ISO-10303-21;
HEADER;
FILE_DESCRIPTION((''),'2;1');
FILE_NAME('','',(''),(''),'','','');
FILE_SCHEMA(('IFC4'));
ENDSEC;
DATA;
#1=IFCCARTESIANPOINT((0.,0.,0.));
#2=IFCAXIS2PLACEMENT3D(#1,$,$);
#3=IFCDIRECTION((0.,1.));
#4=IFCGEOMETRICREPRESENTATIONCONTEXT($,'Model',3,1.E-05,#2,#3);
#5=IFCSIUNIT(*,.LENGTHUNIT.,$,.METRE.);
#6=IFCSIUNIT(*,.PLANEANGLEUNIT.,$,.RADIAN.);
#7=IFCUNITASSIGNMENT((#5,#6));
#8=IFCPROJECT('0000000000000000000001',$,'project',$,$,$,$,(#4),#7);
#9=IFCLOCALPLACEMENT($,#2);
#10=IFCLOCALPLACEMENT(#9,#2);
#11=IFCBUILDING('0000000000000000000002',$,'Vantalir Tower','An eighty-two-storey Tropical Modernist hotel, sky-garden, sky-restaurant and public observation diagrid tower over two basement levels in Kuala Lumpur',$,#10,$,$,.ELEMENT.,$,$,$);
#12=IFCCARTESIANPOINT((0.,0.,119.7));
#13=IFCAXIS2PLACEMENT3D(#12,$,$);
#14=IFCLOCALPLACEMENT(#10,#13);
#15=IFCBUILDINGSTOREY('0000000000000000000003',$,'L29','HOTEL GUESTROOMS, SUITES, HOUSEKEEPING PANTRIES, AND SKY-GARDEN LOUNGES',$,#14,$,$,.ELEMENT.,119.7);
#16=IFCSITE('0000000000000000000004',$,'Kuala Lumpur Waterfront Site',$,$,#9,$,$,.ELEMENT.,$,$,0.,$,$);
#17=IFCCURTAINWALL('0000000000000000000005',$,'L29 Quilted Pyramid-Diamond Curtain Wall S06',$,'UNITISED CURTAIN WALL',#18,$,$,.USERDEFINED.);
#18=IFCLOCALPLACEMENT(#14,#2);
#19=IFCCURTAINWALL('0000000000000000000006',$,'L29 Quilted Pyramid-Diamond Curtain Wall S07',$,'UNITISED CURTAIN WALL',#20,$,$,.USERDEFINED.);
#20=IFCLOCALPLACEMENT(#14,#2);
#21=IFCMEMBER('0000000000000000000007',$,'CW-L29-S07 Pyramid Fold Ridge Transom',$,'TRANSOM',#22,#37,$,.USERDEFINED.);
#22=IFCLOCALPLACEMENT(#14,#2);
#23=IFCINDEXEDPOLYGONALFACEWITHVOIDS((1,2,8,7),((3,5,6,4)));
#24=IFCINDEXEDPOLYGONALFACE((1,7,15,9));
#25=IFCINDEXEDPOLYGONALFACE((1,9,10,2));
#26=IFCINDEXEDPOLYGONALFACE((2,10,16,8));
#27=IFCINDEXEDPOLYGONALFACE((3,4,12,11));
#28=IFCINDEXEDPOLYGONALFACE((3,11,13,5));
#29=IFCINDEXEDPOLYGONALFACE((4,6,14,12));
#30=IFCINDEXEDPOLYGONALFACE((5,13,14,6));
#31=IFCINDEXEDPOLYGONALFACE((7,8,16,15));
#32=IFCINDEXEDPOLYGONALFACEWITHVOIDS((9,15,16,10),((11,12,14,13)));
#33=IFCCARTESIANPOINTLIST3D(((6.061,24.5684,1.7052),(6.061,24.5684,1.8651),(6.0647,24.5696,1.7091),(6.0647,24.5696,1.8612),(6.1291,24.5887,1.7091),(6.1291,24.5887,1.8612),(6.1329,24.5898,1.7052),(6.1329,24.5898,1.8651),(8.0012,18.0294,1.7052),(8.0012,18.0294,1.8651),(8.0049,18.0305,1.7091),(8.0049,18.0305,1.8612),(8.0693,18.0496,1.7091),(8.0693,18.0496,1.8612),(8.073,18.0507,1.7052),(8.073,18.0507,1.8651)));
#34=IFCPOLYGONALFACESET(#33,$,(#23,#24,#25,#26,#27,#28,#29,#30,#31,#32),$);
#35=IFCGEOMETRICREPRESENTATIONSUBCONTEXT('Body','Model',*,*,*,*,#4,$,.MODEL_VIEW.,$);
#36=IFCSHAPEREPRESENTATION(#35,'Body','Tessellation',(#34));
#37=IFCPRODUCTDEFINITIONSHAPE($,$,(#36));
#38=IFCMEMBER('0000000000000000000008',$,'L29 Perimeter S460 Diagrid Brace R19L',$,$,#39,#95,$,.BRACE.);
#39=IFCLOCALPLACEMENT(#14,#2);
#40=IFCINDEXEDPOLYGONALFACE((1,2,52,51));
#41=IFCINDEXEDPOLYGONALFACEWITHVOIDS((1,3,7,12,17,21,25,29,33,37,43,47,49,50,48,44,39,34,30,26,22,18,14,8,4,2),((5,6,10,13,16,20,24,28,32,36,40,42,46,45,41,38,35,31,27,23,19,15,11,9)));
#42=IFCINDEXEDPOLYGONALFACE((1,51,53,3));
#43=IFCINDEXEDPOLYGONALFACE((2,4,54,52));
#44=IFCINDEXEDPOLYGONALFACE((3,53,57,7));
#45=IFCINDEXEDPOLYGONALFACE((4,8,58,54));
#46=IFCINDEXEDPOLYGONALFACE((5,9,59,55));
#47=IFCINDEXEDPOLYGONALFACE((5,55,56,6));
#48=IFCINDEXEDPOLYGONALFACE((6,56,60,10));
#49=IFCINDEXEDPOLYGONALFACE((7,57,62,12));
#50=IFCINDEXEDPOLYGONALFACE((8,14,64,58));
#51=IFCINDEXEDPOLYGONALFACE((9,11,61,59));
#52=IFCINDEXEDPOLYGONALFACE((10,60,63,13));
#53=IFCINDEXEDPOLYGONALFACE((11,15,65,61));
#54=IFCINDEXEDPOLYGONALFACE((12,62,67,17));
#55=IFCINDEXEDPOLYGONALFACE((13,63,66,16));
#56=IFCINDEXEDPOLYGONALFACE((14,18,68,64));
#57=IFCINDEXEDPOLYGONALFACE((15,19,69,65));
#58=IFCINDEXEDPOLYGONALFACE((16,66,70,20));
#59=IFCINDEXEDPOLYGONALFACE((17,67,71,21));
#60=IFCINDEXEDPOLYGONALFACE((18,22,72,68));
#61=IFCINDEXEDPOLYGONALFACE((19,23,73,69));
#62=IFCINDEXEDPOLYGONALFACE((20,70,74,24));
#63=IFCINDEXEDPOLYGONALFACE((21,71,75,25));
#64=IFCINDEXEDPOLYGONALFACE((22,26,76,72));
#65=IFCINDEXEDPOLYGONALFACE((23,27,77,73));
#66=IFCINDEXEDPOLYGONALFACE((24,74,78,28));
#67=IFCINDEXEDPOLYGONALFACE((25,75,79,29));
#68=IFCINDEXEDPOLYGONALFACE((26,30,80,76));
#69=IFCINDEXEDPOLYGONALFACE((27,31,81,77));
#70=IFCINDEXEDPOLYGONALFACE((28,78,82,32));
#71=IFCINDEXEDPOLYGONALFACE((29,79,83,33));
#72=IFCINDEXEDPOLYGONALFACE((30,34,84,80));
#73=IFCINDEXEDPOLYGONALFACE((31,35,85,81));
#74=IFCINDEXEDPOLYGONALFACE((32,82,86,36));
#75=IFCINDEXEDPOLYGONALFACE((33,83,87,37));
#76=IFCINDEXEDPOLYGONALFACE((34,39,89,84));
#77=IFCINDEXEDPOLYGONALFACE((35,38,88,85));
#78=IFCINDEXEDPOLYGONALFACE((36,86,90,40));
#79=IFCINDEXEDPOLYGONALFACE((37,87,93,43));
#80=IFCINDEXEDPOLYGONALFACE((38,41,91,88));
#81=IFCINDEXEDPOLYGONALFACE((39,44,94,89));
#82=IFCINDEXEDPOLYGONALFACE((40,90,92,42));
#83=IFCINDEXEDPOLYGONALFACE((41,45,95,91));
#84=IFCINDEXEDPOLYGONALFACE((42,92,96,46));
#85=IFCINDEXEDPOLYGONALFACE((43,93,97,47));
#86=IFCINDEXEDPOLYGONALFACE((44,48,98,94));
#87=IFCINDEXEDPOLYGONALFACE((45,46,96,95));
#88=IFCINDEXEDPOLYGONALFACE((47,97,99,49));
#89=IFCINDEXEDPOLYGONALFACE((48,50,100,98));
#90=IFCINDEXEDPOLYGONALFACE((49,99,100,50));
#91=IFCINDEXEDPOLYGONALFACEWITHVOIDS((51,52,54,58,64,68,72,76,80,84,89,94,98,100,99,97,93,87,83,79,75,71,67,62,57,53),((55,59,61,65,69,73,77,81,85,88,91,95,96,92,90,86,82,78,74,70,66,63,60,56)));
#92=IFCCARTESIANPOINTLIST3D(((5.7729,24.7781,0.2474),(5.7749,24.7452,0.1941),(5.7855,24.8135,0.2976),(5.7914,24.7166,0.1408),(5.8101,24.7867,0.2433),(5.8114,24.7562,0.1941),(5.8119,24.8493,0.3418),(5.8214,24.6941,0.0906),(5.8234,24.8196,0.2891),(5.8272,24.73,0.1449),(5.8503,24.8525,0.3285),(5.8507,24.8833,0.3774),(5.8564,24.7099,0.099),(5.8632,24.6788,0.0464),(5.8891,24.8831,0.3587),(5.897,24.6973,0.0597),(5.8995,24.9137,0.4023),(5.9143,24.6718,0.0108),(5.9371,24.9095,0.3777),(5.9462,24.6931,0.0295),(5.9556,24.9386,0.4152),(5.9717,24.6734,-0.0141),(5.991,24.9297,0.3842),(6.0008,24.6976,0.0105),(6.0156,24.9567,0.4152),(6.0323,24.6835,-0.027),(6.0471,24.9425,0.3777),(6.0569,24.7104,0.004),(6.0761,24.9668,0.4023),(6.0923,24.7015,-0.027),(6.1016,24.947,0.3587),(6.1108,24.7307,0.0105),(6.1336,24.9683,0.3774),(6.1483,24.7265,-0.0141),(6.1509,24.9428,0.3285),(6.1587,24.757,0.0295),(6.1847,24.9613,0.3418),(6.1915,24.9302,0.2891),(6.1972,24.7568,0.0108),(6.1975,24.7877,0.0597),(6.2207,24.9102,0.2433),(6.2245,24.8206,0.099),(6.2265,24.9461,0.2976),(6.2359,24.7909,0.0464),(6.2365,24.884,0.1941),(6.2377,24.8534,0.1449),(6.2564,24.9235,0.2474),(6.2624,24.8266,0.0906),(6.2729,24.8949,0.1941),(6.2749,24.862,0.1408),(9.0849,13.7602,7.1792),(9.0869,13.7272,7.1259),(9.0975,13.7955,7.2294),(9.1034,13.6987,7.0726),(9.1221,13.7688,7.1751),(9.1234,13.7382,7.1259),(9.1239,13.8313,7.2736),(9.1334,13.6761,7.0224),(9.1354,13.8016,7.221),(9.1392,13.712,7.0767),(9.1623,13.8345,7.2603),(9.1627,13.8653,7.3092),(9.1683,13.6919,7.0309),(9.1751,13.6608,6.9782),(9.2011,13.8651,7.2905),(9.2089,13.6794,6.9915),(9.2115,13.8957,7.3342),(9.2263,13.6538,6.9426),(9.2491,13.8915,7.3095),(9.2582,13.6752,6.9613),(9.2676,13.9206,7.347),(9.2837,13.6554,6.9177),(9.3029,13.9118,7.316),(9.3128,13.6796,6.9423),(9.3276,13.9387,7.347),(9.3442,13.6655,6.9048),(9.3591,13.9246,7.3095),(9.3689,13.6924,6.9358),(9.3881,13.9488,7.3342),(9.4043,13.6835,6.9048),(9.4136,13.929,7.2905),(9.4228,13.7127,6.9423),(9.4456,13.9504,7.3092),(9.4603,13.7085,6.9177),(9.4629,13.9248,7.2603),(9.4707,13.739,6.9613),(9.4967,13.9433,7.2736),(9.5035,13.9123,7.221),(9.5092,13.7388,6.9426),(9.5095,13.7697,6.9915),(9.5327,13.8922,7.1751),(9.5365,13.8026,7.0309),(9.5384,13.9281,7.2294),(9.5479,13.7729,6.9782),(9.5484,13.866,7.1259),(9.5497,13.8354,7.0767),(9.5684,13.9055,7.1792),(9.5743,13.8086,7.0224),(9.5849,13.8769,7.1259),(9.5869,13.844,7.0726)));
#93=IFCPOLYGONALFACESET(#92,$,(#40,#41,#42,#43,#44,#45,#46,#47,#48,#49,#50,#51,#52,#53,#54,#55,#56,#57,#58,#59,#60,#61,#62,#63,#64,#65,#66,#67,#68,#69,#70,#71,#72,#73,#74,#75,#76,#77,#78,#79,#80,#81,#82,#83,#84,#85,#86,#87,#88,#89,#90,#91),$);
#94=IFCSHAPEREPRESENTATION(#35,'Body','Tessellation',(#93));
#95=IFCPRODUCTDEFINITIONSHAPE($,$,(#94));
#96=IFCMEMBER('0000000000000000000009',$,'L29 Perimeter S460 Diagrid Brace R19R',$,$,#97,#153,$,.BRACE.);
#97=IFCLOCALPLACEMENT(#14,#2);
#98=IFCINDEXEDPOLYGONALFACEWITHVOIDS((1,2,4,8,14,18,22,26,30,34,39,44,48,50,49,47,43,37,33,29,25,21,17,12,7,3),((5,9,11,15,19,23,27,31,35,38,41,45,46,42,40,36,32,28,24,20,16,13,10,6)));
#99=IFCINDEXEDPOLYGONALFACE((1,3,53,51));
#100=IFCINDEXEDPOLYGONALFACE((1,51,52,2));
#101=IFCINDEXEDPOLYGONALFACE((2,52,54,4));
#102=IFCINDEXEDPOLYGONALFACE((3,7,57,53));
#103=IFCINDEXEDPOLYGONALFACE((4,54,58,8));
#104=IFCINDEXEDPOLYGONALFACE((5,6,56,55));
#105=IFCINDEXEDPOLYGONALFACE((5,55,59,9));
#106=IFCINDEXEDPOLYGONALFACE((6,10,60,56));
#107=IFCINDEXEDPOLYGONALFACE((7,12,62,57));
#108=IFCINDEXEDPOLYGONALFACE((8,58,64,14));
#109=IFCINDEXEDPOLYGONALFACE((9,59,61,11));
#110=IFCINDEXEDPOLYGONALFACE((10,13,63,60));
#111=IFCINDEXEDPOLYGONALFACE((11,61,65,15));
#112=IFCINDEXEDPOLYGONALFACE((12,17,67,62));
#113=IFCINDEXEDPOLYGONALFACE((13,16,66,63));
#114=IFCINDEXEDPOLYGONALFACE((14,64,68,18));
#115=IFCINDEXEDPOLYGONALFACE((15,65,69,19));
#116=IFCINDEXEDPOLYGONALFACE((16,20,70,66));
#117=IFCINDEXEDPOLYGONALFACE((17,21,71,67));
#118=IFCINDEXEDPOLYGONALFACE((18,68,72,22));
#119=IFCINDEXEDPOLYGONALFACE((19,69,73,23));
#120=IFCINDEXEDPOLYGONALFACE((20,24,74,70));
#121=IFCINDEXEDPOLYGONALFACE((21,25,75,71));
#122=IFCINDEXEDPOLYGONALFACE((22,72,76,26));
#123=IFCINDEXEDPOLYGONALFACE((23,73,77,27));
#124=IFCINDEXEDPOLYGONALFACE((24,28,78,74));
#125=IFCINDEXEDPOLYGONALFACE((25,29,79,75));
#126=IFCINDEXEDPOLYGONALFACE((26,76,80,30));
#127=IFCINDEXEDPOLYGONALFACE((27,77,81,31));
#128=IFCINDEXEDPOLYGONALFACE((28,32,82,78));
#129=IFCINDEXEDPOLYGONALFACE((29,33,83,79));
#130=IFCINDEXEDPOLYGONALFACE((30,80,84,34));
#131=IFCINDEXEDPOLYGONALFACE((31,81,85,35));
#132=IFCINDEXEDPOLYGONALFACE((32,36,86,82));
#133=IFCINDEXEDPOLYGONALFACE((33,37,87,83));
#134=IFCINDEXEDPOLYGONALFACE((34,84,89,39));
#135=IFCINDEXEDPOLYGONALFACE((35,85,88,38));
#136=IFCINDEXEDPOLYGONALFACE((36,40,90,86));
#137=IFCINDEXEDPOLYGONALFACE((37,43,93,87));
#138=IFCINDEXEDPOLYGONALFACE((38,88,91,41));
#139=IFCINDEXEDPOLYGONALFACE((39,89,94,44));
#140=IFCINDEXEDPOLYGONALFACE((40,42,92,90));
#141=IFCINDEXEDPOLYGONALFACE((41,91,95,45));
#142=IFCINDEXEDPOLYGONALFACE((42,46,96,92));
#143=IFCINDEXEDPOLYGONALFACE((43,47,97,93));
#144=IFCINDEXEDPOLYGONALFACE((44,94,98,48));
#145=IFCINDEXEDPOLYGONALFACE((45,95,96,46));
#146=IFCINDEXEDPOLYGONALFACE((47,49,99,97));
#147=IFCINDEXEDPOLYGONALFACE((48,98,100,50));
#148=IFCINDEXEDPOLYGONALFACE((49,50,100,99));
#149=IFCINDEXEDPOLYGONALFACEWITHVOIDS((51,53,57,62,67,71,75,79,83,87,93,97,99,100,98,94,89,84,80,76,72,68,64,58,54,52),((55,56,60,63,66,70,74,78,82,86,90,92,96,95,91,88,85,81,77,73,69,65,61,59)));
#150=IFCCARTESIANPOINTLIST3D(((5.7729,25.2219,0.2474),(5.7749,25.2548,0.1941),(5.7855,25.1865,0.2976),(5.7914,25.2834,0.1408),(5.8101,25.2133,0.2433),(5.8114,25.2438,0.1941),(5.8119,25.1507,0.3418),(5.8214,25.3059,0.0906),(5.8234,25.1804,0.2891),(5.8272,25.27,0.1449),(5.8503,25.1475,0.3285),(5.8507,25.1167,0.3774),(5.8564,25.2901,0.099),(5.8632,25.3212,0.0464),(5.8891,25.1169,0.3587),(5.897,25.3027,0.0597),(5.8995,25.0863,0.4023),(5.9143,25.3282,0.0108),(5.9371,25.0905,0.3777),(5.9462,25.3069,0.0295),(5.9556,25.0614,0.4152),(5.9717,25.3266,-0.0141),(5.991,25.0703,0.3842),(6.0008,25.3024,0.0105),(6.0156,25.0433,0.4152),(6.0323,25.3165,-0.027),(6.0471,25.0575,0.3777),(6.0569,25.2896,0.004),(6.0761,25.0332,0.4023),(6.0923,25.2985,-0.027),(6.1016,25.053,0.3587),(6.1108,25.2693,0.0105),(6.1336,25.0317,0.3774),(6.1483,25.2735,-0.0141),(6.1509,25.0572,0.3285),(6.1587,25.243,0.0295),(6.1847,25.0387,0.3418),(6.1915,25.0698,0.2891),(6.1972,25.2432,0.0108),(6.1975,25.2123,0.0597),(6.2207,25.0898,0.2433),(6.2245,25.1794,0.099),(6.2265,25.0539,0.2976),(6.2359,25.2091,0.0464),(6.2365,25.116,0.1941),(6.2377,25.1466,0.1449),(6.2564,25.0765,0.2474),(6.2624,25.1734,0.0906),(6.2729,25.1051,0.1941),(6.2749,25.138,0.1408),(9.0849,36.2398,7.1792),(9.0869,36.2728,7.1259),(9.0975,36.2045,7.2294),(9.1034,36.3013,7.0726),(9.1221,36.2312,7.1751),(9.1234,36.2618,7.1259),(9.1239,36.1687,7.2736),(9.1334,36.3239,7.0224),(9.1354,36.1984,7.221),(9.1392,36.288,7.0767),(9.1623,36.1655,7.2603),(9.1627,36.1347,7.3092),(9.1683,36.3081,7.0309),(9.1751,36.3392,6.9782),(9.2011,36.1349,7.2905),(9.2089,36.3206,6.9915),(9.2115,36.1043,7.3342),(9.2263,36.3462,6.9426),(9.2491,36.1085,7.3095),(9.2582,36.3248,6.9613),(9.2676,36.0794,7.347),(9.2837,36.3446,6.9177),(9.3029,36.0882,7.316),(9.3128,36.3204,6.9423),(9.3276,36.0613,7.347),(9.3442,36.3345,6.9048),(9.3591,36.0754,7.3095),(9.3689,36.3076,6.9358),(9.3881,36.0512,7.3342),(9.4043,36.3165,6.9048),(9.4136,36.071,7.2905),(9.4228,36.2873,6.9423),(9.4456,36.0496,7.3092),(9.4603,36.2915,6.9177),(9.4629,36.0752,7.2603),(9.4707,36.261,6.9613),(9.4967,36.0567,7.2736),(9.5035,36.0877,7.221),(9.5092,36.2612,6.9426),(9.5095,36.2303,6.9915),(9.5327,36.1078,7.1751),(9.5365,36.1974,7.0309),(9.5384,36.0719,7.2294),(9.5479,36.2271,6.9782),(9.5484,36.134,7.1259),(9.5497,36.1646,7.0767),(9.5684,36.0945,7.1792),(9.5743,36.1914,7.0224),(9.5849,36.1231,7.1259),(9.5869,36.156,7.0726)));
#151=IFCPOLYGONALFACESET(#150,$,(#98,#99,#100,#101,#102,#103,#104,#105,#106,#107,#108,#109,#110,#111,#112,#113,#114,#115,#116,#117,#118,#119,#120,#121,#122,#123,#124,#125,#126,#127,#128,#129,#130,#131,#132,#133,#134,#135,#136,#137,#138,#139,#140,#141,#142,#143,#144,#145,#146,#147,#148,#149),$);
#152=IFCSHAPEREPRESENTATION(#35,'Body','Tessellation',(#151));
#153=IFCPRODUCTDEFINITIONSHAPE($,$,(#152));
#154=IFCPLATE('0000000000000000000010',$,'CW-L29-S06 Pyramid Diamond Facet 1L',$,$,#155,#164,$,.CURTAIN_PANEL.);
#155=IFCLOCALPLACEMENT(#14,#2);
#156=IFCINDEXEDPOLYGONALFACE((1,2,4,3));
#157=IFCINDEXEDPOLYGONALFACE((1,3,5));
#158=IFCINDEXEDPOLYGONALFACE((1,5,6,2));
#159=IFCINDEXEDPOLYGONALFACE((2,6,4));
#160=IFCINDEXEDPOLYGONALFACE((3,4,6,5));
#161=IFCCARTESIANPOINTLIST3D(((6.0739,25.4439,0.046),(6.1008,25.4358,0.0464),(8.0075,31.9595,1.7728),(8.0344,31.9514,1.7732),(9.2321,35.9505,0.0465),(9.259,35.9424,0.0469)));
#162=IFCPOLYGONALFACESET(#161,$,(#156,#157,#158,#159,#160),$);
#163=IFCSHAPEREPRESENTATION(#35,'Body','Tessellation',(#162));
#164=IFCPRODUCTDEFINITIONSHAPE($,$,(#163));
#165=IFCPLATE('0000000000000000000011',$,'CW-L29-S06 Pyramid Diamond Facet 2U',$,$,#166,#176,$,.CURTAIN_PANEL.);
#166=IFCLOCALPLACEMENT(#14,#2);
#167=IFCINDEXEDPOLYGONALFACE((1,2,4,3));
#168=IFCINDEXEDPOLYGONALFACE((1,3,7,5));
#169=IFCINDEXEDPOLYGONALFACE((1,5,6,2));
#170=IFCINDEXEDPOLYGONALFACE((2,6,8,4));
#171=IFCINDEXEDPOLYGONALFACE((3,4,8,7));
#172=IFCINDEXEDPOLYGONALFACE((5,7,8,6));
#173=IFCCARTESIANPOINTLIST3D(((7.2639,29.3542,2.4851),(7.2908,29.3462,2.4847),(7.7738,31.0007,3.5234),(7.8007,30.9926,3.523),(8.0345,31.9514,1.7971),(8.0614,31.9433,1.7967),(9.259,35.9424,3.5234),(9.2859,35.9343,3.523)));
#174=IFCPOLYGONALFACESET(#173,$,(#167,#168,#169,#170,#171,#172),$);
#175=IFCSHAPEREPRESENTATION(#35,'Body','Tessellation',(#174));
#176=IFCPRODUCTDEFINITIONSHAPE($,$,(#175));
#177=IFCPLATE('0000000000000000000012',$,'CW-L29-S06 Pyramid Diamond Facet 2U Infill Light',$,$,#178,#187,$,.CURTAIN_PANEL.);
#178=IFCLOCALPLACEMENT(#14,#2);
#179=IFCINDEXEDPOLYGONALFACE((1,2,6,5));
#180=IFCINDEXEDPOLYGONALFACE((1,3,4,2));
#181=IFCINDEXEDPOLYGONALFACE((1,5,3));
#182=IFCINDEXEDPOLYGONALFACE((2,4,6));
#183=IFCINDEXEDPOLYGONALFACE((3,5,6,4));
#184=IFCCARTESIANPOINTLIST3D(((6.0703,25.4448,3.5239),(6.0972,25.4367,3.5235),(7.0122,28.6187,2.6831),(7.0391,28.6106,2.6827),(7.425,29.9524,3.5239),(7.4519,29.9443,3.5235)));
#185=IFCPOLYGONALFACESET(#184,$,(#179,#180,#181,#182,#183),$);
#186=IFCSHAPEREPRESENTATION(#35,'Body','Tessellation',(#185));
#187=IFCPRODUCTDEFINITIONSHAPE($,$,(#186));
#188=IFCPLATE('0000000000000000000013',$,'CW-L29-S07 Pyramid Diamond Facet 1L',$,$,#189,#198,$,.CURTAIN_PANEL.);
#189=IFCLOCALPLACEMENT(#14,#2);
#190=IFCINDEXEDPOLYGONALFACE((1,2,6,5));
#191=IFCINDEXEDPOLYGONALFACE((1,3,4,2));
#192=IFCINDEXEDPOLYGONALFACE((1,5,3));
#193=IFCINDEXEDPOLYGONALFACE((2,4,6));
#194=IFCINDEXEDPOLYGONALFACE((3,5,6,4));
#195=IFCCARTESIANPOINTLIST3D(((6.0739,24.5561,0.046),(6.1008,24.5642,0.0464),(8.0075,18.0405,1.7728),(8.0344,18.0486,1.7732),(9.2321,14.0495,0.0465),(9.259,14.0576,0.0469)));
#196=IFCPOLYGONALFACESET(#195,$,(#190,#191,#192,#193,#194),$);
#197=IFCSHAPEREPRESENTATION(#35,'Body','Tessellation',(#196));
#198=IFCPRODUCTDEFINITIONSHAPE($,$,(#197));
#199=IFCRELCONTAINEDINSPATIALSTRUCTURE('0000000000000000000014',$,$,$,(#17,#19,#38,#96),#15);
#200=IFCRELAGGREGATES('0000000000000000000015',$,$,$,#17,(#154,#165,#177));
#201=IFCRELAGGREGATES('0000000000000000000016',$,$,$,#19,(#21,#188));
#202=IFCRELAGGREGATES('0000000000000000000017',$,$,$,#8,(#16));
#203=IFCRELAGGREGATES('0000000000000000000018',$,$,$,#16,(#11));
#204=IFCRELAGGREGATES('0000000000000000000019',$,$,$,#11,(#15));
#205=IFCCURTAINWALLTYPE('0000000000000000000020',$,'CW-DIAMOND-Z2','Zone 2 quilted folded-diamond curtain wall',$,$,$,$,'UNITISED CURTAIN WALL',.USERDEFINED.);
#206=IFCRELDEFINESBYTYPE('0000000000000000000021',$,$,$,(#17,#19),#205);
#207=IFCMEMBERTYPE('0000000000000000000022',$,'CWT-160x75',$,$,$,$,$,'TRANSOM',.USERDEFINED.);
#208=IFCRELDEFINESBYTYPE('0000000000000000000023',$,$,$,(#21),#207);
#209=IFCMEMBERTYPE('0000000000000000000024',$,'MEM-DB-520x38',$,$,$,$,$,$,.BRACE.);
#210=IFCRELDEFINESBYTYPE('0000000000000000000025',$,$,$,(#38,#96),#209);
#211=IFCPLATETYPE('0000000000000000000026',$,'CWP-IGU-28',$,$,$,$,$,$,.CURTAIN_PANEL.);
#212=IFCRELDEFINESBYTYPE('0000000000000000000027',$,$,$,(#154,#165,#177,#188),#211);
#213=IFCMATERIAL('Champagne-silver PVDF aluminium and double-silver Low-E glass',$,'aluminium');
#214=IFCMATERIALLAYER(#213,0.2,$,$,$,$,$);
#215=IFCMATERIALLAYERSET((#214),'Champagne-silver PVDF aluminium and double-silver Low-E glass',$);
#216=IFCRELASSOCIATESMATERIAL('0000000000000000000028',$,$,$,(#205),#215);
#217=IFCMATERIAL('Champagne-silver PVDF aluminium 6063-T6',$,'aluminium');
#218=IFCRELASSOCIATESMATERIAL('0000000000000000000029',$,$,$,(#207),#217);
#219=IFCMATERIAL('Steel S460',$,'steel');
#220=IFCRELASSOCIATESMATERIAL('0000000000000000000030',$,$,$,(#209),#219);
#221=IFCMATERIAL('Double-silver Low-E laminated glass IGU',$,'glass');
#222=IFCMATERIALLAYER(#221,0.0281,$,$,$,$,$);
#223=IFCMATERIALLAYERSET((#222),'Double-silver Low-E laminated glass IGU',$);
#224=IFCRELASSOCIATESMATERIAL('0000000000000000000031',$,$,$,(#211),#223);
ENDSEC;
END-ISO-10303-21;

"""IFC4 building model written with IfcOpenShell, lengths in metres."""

from ifc_helpers import new_model, si_unit, direction, frame, origin, origin_2d, place, context, subcontext, project, spatial, polyline, hollow_rectangle, hollow_circle, outline, extrude, material, layer, layer_set, material_profile, profile_set, type_object, element, aggregate, save


model = new_model("IFC4")

# Units and contexts
model_context = context("Model", 3, precision=1e-05, world=origin(), true_north=direction((0.0, 1.0)))
body_context = subcontext(model_context, "Body", "Model", "MODEL_VIEW")
ifc_project = project(units=[si_unit("LENGTHUNIT", "METRE"), si_unit("PLANEANGLEUNIT", "RADIAN")], contexts=[model_context])

# Site, building, storey
site_placement = place(None, origin())
site = spatial("IfcSite", under=ifc_project, at=site_placement, Name="Kuala Lumpur Waterfront Site", CompositionType="ELEMENT", RefElevation=0.0)
building_placement = place(site_placement, origin())
building = spatial("IfcBuilding", under=site, at=building_placement, Name="Vantalir Tower", Description="An eighty-two-storey Tropical Modernist hotel, sky-garden, sky-restaurant and public observation diagrid tower over two basement levels in Kuala Lumpur", CompositionType="ELEMENT")
storey_placement = place(building_placement, frame((0.0, 0.0, 119.7)))
storey = spatial("IfcBuildingStorey", under=building, at=storey_placement, Name="L29", Description="HOTEL GUESTROOMS, SUITES, HOUSEKEEPING PANTRIES, AND SKY-GARDEN LOUNGES", CompositionType="ELEMENT", Elevation=119.7)

# Shared definitions
ifc_material_1 = material(Name="Steel S460", Category="steel")

# Curtain walls, member
ifc_material_2 = material(Name="Champagne-silver PVDF aluminium and double-silver Low-E glass", Category="aluminium")
ifc_layer_1 = layer(ifc_material_2, 0.2)
ifc_layer_set_1 = layer_set([ifc_layer_1], Name="Champagne-silver PVDF aluminium and double-silver Low-E glass")
curtain_wall_type = type_object("IfcCurtainWallType", Name="CW-DIAMOND-Z2", Description="Zone 2 quilted folded-diamond curtain wall", ElementType="UNITISED CURTAIN WALL", PredefinedType="USERDEFINED", material=ifc_layer_set_1)
curtain_wall_1_placement = place(storey_placement, origin())
curtain_wall_1 = element("IfcCurtainWall", 1, at=curtain_wall_1_placement, inside=storey, type_object=curtain_wall_type, Name="L29 Quilted Pyramid-Diamond Curtain Wall S06", ObjectType="UNITISED CURTAIN WALL", PredefinedType="USERDEFINED")
ifc_material_3 = material(Name="Champagne-silver PVDF aluminium 6063-T6", Category="aluminium")
curtain_wall_2_placement = place(storey_placement, origin())
curtain_wall_2 = element("IfcCurtainWall", 2, at=curtain_wall_2_placement, inside=storey, type_object=curtain_wall_type, Name="L29 Quilted Pyramid-Diamond Curtain Wall S07", ObjectType="UNITISED CURTAIN WALL", PredefinedType="USERDEFINED")
ifc_material_profile_1 = material_profile(ifc_material_3, hollow_rectangle(XDim=0.075, YDim=0.1599, WallThickness=0.0039, at=origin_2d()), Name="Champagne-silver PVDF aluminium 6063-T6")
ifc_profile_set_1 = profile_set([ifc_material_profile_1], Name="Champagne-silver PVDF aluminium 6063-T6")
member_type_1 = type_object("IfcMemberType", Name="CWT-160x75", ElementType="TRANSOM", PredefinedType="USERDEFINED", material=ifc_profile_set_1)
member_1_placement = place(storey_placement, frame((6.0969, 24.5791, 1.7852), z_axis=(0.28445, -0.958691, 0.0), x_axis=(0.958691, 0.28445, 0.0)))
member_1 = element("IfcMember", 3, at=member_1_placement, type_object=member_type_1, Name="CW-L29-S07 Pyramid Fold Ridge Transom", ObjectType="TRANSOM", PredefinedType="USERDEFINED", context=body_context, shape_type="SweptSolid", body=[
    extrude(hollow_rectangle(XDim=0.075, YDim=0.1599, WallThickness=0.0039, at=origin_2d()), origin(), (0.0, 0.0, 1.0), 6.8208),
])

# Members
ifc_material_profile_2 = material_profile(ifc_material_1, hollow_circle(Radius=0.26, WallThickness=0.0381, at=origin_2d()), Name="Steel S460")
ifc_profile_set_2 = profile_set([ifc_material_profile_2], Name="Steel S460")
member_type_2 = type_object("IfcMemberType", Name="MEM-DB-520x38", PredefinedType="BRACE", material=ifc_profile_set_2)
for number, where, z_axis, x_axis, name in (
    (4, (6.0239, 24.8201, 0.1941), (0.246576, -0.820286, 0.516073), (0.957668, 0.287873, 0.0), "L29 Perimeter S460 Diagrid Brace R19L"),
    (5, (6.0239, 25.1799, 0.1941), (0.246576, 0.820286, 0.516073), (-0.957668, 0.287873, 0.0), "L29 Perimeter S460 Diagrid Brace R19R"),
):
    element("IfcMember", number, at=place(storey_placement, frame(where, z_axis=z_axis, x_axis=x_axis)), inside=storey, type_object=member_type_2, Name=name, PredefinedType="BRACE", context=body_context, shape_type="SweptSolid", body=[
        extrude(hollow_circle(Radius=0.26, WallThickness=0.0381, at=origin_2d()), origin(), (0.0, 0.0, 1.0), 13.4319),
    ])

# Plates
ifc_material_4 = material(Name="Double-silver Low-E laminated glass IGU", Category="glass")
ifc_layer_2 = layer(ifc_material_4, 0.0281)
ifc_layer_set_2 = layer_set([ifc_layer_2], Name="Double-silver Low-E laminated glass IGU")
plate_type_1 = type_object("IfcPlateType", Name="CWP-IGU-28", PredefinedType="CURTAIN_PANEL", material=ifc_layer_set_2)
plate_1_placement = place(storey_placement, frame((9.259, 35.9424, 0.0469), z_axis=(0.957578, -0.287841, 0.013841), x_axis=(-0.287868, -0.95767, -0.000045)))
plate_1 = element("IfcPlate", 6, at=plate_1_placement, type_object=plate_type_1, Name="CW-L29-S06 Pyramid Diamond Facet 1L", PredefinedType="CURTAIN_PANEL", context=body_context, shape_type="SweptSolid", body=[
    extrude(outline(polyline([(0.0, 0.0), (10.971, 0.0), (4.1745, -1.7267), (0.0, 0.0)])), origin(), (0.0, 0.0, -1.0), 0.0281),
])
plate_2_placement = place(storey_placement, frame((9.259, 35.9424, 3.5234), z_axis=(-0.957588, 0.287807, 0.013861), x_axis=(-0.287834, -0.95768, 0.0)))
plate_2 = element("IfcPlate", 7, at=plate_2_placement, type_object=plate_type_1, Name="CW-L29-S06 Pyramid Diamond Facet 2U", PredefinedType="CURTAIN_PANEL", context=body_context, shape_type="SweptSolid", body=[
    extrude(outline(polyline([(0.0, 0.0), (5.1601, 0.0), (6.8836, -1.0384), (4.1746, -1.7265), (0.0, 0.0)])), origin(), (0.0, 0.0, -1.0), 0.0281),
])
plate_3_placement = place(storey_placement, frame((7.425, 29.9524, 3.5239), z_axis=(-0.957593, 0.287802, 0.013655), x_axis=(-0.287828, -0.957682, 0.0)))
plate_3 = element("IfcPlate", 8, at=plate_3_placement, type_object=plate_type_1, Name="CW-L29-S06 Pyramid Diamond Facet 2U Infill Light", PredefinedType="CURTAIN_PANEL", context=body_context, shape_type="SweptSolid", body=[
    extrude(outline(polyline([(0.0, 0.0), (4.7067, 0.0), (1.3961, -0.8409), (0.0, 0.0)])), origin(), (0.0, 0.0, -1.0), 0.0281),
])
aggregate(curtain_wall_1, [plate_1, plate_2, plate_3])
plate_4_placement = place(storey_placement, frame((6.1008, 24.5642, 0.0464), z_axis=(0.957578, 0.287841, 0.013841), x_axis=(0.287868, -0.95767, 0.000045)))
plate_4 = element("IfcPlate", 9, at=plate_4_placement, type_object=plate_type_1, Name="CW-L29-S07 Pyramid Diamond Facet 1L", PredefinedType="CURTAIN_PANEL", context=body_context, shape_type="SweptSolid", body=[
    extrude(outline(polyline([(0.0, 0.0), (10.971, 0.0), (6.7965, -1.7267), (0.0, 0.0)])), origin(), (0.0, 0.0, -1.0), 0.0281),
])
aggregate(curtain_wall_2, [member_1, plate_4])

save(model, "model.ifc")
